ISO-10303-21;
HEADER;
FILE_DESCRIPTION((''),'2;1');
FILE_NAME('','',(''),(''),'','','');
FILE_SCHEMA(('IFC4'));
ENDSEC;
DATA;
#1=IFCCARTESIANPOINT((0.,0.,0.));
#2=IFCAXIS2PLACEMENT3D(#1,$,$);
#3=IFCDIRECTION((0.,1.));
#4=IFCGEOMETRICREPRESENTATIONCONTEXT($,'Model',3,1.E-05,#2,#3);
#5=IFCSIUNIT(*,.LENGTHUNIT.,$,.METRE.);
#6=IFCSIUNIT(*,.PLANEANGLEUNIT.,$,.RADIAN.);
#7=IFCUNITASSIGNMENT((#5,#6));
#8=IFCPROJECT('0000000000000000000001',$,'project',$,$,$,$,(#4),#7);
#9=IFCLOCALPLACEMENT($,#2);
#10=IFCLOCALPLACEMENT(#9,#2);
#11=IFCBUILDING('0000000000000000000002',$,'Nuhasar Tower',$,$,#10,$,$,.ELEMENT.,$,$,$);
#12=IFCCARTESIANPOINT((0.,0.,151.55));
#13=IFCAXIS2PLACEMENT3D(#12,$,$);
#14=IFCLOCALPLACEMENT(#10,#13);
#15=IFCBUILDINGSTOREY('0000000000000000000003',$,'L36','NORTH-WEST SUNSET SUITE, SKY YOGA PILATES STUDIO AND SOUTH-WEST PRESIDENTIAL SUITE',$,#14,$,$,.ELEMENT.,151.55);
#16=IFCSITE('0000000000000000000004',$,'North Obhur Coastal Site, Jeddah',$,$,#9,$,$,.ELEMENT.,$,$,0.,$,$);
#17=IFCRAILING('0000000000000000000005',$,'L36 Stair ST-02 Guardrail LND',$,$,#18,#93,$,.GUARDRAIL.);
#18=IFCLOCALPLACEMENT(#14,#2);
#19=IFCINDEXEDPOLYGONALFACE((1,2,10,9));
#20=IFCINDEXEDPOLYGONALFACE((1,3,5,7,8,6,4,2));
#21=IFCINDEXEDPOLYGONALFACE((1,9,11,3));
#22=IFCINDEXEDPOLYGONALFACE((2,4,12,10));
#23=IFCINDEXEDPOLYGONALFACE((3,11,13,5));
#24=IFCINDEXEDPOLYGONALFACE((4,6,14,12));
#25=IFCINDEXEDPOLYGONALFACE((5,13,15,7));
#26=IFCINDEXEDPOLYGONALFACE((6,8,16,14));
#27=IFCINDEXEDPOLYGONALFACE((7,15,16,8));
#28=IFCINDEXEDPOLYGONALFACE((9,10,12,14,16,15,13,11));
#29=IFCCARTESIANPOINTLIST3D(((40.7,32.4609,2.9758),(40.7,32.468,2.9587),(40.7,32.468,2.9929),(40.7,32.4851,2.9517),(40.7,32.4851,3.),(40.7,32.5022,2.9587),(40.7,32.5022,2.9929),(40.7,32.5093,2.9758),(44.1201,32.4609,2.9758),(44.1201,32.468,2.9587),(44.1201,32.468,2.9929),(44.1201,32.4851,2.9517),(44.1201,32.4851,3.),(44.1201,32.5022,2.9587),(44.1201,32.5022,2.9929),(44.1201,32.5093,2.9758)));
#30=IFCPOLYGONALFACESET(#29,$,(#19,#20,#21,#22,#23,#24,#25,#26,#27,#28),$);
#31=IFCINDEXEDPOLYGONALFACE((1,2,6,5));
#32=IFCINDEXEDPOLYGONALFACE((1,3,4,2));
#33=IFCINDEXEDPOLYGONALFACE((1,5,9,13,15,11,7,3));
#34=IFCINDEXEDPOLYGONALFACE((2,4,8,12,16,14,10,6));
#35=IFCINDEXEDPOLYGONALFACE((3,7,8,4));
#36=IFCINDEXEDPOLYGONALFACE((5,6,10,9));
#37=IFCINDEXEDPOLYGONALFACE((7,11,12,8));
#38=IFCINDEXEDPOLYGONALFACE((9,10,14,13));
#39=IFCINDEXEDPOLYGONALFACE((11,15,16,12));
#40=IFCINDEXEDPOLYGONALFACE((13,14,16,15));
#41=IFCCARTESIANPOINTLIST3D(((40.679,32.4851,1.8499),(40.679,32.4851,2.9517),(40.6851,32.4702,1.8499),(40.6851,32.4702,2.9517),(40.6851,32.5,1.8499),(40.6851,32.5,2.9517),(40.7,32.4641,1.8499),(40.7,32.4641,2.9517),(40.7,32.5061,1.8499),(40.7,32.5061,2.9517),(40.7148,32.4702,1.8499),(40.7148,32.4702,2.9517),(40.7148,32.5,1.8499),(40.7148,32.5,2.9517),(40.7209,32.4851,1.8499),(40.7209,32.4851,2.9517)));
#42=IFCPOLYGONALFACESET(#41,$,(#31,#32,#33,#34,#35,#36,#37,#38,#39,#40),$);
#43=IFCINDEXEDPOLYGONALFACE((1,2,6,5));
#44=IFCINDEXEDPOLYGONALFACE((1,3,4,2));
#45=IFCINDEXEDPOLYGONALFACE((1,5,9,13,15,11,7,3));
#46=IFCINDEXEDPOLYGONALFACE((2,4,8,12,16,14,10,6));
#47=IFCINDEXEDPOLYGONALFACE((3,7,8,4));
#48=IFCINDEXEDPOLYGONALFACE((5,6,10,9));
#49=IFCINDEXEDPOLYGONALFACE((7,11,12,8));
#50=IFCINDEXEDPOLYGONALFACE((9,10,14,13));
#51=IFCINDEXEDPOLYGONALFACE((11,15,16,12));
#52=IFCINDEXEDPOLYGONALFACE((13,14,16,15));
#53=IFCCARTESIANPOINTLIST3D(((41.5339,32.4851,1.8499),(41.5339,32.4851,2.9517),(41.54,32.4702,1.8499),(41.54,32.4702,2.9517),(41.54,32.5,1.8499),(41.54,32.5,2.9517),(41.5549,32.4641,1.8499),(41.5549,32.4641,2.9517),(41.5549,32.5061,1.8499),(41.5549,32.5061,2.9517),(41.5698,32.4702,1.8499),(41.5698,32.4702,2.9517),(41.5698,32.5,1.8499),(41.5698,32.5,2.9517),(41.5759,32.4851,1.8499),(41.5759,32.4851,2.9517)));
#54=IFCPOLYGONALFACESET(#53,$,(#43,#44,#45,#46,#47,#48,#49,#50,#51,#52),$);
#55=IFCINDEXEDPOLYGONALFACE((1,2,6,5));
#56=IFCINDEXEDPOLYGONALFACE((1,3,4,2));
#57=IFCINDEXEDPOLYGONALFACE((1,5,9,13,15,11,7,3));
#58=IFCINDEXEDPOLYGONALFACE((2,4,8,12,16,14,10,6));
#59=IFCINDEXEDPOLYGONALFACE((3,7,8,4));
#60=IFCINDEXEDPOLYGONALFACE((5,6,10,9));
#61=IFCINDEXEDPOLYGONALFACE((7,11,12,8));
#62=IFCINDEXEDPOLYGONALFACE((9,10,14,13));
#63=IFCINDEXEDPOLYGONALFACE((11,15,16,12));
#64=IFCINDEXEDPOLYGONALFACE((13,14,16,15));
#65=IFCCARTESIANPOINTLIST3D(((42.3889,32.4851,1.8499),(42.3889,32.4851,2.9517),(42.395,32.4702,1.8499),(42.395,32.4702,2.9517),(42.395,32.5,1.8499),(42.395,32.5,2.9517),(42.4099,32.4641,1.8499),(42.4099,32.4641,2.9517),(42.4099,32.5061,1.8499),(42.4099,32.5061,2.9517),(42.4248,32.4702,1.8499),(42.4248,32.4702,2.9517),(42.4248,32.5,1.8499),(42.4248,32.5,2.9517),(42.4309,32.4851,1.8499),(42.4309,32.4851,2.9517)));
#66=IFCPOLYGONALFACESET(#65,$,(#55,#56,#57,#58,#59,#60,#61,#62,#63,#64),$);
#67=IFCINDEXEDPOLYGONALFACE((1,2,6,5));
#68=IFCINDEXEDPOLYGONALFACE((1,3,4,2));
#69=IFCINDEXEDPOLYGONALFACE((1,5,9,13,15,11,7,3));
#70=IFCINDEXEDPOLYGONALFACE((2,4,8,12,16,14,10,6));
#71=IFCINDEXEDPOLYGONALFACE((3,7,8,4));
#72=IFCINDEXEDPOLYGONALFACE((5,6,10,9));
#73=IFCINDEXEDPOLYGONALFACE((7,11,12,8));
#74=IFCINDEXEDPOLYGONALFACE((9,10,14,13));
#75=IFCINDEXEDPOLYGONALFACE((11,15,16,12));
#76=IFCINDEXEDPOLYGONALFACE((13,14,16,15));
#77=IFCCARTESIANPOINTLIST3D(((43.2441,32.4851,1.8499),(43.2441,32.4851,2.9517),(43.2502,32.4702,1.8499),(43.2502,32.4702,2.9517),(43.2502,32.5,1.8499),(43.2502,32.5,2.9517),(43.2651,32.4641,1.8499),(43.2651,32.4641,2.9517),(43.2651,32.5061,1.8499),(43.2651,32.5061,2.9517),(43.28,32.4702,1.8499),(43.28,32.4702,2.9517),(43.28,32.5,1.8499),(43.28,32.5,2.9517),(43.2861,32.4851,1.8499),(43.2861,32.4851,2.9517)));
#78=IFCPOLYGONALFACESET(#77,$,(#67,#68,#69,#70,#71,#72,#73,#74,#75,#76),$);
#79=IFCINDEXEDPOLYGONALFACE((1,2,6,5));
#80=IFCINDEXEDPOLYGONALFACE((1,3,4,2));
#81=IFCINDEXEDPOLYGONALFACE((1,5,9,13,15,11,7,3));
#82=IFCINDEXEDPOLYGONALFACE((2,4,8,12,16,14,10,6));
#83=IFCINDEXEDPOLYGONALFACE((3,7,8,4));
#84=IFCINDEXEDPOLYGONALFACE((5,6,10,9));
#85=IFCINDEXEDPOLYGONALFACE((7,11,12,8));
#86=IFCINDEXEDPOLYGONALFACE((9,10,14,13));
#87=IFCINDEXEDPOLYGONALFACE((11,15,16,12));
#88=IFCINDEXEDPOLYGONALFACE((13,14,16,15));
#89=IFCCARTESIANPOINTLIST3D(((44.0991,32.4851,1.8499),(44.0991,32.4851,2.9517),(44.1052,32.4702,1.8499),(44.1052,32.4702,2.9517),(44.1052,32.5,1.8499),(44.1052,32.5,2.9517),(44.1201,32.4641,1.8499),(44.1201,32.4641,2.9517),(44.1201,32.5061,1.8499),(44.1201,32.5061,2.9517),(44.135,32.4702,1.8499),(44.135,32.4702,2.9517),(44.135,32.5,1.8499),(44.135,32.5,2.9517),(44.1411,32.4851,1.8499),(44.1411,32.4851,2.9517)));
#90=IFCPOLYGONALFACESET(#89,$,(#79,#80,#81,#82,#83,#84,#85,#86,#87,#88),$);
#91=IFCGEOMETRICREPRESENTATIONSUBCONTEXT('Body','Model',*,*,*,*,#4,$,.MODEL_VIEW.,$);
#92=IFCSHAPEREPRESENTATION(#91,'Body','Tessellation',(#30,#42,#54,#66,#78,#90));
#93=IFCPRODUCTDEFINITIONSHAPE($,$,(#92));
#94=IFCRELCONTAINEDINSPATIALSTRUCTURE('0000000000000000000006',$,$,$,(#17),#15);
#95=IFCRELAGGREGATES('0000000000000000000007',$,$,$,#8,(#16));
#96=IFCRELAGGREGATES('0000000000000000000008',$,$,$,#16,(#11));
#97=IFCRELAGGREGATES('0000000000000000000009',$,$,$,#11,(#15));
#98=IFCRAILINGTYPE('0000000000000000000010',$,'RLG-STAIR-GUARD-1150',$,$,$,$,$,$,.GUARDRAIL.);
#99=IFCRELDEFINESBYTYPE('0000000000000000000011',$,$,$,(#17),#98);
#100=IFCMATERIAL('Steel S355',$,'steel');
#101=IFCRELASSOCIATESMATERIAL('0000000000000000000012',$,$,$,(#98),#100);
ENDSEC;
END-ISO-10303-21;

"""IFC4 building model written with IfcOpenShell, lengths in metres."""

from ifc_helpers import new_model, si_unit, direction, frame, origin, place, context, subcontext, project, spatial, polyline, outline, extrude, material, type_object, element, save


model = new_model("IFC4")

# Units and contexts
model_context = context("Model", 3, precision=1e-05, world=origin(), true_north=direction((0.0, 1.0)))
body_context = subcontext(model_context, "Body", "Model", "MODEL_VIEW")
ifc_project = project(units=[si_unit("LENGTHUNIT", "METRE"), si_unit("PLANEANGLEUNIT", "RADIAN")], contexts=[model_context])

# Site, building, storey
site_placement = place(None, origin())
site = spatial("IfcSite", under=ifc_project, at=site_placement, Name="North Obhur Coastal Site, Jeddah", CompositionType="ELEMENT", RefElevation=0.0)
building_placement = place(site_placement, origin())
building = spatial("IfcBuilding", under=site, at=building_placement, Name="Nuhasar Tower", CompositionType="ELEMENT")
storey_placement = place(building_placement, frame((0.0, 0.0, 151.55)))
storey = spatial("IfcBuildingStorey", under=building, at=storey_placement, Name="L36", Description="NORTH-WEST SUNSET SUITE, SKY YOGA PILATES STUDIO AND SOUTH-WEST PRESIDENTIAL SUITE", CompositionType="ELEMENT", Elevation=151.55)

# Shared definitions
ifc_material_1 = material(Name="Steel S355", Category="steel")

# Railing
railing_type_1 = type_object("IfcRailingType", Name="RLG-STAIR-GUARD-1150", PredefinedType="GUARDRAIL", material=ifc_material_1)
railing_1_placement = place(storey_placement, frame((40.7, 32.4851, 1.8499)))
element("IfcRailing", 1, at=railing_1_placement, inside=storey, type_object=railing_type_1, Name="L36 Stair ST-02 Guardrail LND", PredefinedType="GUARDRAIL", context=body_context, shape_type="SweptSolid", body=[
    extrude(outline(polyline([(0.0242, 0.0), (0.0171, 0.0171), (0.0, 0.0242), (-0.0171, 0.0171), (-0.0242, 0.0), (-0.0171, -0.0171), (0.0, -0.0242), (0.0171, -0.0171), (0.0242, 0.0)])), frame((0.0, 0.0, 1.126), z_axis=(1.0, 0.0, 0.0), x_axis=(0.0, 1.0, 0.0)), (0.0, 0.0, 1.0), 3.4202),
    extrude(outline(polyline([(0.021, 0.0), (0.0149, 0.0149), (0.0, 0.021), (-0.0149, 0.0149), (-0.021, 0.0), (-0.0149, -0.0149), (0.0, -0.021), (0.0149, -0.0149), (0.021, 0.0)])), origin(), (0.0, 0.0, 1.0), 1.1018),
    extrude(outline(polyline([(0.021, 0.0), (0.0149, 0.0149), (0.0, 0.021), (-0.0149, 0.0149), (-0.021, 0.0), (-0.0149, -0.0149), (0.0, -0.021), (0.0149, -0.0149), (0.021, 0.0)])), frame((0.855, 0.0, 0.0)), (0.0, 0.0, 1.0), 1.1018),
    extrude(outline(polyline([(0.021, 0.0), (0.0149, 0.0149), (0.0, 0.021), (-0.0149, 0.0149), (-0.021, 0.0), (-0.0149, -0.0149), (0.0, -0.021), (0.0149, -0.0149), (0.021, 0.0)])), frame((1.71, 0.0, 0.0)), (0.0, 0.0, 1.0), 1.1018),
    extrude(outline(polyline([(0.021, 0.0), (0.0149, 0.0149), (0.0, 0.021), (-0.0149, 0.0149), (-0.021, 0.0), (-0.0149, -0.0149), (0.0, -0.021), (0.0149, -0.0149), (0.021, 0.0)])), frame((2.5652, 0.0, 0.0)), (0.0, 0.0, 1.0), 1.1018),
    extrude(outline(polyline([(0.021, 0.0), (0.0149, 0.0149), (0.0, 0.021), (-0.0149, 0.0149), (-0.021, 0.0), (-0.0149, -0.0149), (0.0, -0.021), (0.0149, -0.0149), (0.021, 0.0)])), frame((3.4202, 0.0, 0.0)), (0.0, 0.0, 1.0), 1.1018),
])

save(model, "model.ifc")
